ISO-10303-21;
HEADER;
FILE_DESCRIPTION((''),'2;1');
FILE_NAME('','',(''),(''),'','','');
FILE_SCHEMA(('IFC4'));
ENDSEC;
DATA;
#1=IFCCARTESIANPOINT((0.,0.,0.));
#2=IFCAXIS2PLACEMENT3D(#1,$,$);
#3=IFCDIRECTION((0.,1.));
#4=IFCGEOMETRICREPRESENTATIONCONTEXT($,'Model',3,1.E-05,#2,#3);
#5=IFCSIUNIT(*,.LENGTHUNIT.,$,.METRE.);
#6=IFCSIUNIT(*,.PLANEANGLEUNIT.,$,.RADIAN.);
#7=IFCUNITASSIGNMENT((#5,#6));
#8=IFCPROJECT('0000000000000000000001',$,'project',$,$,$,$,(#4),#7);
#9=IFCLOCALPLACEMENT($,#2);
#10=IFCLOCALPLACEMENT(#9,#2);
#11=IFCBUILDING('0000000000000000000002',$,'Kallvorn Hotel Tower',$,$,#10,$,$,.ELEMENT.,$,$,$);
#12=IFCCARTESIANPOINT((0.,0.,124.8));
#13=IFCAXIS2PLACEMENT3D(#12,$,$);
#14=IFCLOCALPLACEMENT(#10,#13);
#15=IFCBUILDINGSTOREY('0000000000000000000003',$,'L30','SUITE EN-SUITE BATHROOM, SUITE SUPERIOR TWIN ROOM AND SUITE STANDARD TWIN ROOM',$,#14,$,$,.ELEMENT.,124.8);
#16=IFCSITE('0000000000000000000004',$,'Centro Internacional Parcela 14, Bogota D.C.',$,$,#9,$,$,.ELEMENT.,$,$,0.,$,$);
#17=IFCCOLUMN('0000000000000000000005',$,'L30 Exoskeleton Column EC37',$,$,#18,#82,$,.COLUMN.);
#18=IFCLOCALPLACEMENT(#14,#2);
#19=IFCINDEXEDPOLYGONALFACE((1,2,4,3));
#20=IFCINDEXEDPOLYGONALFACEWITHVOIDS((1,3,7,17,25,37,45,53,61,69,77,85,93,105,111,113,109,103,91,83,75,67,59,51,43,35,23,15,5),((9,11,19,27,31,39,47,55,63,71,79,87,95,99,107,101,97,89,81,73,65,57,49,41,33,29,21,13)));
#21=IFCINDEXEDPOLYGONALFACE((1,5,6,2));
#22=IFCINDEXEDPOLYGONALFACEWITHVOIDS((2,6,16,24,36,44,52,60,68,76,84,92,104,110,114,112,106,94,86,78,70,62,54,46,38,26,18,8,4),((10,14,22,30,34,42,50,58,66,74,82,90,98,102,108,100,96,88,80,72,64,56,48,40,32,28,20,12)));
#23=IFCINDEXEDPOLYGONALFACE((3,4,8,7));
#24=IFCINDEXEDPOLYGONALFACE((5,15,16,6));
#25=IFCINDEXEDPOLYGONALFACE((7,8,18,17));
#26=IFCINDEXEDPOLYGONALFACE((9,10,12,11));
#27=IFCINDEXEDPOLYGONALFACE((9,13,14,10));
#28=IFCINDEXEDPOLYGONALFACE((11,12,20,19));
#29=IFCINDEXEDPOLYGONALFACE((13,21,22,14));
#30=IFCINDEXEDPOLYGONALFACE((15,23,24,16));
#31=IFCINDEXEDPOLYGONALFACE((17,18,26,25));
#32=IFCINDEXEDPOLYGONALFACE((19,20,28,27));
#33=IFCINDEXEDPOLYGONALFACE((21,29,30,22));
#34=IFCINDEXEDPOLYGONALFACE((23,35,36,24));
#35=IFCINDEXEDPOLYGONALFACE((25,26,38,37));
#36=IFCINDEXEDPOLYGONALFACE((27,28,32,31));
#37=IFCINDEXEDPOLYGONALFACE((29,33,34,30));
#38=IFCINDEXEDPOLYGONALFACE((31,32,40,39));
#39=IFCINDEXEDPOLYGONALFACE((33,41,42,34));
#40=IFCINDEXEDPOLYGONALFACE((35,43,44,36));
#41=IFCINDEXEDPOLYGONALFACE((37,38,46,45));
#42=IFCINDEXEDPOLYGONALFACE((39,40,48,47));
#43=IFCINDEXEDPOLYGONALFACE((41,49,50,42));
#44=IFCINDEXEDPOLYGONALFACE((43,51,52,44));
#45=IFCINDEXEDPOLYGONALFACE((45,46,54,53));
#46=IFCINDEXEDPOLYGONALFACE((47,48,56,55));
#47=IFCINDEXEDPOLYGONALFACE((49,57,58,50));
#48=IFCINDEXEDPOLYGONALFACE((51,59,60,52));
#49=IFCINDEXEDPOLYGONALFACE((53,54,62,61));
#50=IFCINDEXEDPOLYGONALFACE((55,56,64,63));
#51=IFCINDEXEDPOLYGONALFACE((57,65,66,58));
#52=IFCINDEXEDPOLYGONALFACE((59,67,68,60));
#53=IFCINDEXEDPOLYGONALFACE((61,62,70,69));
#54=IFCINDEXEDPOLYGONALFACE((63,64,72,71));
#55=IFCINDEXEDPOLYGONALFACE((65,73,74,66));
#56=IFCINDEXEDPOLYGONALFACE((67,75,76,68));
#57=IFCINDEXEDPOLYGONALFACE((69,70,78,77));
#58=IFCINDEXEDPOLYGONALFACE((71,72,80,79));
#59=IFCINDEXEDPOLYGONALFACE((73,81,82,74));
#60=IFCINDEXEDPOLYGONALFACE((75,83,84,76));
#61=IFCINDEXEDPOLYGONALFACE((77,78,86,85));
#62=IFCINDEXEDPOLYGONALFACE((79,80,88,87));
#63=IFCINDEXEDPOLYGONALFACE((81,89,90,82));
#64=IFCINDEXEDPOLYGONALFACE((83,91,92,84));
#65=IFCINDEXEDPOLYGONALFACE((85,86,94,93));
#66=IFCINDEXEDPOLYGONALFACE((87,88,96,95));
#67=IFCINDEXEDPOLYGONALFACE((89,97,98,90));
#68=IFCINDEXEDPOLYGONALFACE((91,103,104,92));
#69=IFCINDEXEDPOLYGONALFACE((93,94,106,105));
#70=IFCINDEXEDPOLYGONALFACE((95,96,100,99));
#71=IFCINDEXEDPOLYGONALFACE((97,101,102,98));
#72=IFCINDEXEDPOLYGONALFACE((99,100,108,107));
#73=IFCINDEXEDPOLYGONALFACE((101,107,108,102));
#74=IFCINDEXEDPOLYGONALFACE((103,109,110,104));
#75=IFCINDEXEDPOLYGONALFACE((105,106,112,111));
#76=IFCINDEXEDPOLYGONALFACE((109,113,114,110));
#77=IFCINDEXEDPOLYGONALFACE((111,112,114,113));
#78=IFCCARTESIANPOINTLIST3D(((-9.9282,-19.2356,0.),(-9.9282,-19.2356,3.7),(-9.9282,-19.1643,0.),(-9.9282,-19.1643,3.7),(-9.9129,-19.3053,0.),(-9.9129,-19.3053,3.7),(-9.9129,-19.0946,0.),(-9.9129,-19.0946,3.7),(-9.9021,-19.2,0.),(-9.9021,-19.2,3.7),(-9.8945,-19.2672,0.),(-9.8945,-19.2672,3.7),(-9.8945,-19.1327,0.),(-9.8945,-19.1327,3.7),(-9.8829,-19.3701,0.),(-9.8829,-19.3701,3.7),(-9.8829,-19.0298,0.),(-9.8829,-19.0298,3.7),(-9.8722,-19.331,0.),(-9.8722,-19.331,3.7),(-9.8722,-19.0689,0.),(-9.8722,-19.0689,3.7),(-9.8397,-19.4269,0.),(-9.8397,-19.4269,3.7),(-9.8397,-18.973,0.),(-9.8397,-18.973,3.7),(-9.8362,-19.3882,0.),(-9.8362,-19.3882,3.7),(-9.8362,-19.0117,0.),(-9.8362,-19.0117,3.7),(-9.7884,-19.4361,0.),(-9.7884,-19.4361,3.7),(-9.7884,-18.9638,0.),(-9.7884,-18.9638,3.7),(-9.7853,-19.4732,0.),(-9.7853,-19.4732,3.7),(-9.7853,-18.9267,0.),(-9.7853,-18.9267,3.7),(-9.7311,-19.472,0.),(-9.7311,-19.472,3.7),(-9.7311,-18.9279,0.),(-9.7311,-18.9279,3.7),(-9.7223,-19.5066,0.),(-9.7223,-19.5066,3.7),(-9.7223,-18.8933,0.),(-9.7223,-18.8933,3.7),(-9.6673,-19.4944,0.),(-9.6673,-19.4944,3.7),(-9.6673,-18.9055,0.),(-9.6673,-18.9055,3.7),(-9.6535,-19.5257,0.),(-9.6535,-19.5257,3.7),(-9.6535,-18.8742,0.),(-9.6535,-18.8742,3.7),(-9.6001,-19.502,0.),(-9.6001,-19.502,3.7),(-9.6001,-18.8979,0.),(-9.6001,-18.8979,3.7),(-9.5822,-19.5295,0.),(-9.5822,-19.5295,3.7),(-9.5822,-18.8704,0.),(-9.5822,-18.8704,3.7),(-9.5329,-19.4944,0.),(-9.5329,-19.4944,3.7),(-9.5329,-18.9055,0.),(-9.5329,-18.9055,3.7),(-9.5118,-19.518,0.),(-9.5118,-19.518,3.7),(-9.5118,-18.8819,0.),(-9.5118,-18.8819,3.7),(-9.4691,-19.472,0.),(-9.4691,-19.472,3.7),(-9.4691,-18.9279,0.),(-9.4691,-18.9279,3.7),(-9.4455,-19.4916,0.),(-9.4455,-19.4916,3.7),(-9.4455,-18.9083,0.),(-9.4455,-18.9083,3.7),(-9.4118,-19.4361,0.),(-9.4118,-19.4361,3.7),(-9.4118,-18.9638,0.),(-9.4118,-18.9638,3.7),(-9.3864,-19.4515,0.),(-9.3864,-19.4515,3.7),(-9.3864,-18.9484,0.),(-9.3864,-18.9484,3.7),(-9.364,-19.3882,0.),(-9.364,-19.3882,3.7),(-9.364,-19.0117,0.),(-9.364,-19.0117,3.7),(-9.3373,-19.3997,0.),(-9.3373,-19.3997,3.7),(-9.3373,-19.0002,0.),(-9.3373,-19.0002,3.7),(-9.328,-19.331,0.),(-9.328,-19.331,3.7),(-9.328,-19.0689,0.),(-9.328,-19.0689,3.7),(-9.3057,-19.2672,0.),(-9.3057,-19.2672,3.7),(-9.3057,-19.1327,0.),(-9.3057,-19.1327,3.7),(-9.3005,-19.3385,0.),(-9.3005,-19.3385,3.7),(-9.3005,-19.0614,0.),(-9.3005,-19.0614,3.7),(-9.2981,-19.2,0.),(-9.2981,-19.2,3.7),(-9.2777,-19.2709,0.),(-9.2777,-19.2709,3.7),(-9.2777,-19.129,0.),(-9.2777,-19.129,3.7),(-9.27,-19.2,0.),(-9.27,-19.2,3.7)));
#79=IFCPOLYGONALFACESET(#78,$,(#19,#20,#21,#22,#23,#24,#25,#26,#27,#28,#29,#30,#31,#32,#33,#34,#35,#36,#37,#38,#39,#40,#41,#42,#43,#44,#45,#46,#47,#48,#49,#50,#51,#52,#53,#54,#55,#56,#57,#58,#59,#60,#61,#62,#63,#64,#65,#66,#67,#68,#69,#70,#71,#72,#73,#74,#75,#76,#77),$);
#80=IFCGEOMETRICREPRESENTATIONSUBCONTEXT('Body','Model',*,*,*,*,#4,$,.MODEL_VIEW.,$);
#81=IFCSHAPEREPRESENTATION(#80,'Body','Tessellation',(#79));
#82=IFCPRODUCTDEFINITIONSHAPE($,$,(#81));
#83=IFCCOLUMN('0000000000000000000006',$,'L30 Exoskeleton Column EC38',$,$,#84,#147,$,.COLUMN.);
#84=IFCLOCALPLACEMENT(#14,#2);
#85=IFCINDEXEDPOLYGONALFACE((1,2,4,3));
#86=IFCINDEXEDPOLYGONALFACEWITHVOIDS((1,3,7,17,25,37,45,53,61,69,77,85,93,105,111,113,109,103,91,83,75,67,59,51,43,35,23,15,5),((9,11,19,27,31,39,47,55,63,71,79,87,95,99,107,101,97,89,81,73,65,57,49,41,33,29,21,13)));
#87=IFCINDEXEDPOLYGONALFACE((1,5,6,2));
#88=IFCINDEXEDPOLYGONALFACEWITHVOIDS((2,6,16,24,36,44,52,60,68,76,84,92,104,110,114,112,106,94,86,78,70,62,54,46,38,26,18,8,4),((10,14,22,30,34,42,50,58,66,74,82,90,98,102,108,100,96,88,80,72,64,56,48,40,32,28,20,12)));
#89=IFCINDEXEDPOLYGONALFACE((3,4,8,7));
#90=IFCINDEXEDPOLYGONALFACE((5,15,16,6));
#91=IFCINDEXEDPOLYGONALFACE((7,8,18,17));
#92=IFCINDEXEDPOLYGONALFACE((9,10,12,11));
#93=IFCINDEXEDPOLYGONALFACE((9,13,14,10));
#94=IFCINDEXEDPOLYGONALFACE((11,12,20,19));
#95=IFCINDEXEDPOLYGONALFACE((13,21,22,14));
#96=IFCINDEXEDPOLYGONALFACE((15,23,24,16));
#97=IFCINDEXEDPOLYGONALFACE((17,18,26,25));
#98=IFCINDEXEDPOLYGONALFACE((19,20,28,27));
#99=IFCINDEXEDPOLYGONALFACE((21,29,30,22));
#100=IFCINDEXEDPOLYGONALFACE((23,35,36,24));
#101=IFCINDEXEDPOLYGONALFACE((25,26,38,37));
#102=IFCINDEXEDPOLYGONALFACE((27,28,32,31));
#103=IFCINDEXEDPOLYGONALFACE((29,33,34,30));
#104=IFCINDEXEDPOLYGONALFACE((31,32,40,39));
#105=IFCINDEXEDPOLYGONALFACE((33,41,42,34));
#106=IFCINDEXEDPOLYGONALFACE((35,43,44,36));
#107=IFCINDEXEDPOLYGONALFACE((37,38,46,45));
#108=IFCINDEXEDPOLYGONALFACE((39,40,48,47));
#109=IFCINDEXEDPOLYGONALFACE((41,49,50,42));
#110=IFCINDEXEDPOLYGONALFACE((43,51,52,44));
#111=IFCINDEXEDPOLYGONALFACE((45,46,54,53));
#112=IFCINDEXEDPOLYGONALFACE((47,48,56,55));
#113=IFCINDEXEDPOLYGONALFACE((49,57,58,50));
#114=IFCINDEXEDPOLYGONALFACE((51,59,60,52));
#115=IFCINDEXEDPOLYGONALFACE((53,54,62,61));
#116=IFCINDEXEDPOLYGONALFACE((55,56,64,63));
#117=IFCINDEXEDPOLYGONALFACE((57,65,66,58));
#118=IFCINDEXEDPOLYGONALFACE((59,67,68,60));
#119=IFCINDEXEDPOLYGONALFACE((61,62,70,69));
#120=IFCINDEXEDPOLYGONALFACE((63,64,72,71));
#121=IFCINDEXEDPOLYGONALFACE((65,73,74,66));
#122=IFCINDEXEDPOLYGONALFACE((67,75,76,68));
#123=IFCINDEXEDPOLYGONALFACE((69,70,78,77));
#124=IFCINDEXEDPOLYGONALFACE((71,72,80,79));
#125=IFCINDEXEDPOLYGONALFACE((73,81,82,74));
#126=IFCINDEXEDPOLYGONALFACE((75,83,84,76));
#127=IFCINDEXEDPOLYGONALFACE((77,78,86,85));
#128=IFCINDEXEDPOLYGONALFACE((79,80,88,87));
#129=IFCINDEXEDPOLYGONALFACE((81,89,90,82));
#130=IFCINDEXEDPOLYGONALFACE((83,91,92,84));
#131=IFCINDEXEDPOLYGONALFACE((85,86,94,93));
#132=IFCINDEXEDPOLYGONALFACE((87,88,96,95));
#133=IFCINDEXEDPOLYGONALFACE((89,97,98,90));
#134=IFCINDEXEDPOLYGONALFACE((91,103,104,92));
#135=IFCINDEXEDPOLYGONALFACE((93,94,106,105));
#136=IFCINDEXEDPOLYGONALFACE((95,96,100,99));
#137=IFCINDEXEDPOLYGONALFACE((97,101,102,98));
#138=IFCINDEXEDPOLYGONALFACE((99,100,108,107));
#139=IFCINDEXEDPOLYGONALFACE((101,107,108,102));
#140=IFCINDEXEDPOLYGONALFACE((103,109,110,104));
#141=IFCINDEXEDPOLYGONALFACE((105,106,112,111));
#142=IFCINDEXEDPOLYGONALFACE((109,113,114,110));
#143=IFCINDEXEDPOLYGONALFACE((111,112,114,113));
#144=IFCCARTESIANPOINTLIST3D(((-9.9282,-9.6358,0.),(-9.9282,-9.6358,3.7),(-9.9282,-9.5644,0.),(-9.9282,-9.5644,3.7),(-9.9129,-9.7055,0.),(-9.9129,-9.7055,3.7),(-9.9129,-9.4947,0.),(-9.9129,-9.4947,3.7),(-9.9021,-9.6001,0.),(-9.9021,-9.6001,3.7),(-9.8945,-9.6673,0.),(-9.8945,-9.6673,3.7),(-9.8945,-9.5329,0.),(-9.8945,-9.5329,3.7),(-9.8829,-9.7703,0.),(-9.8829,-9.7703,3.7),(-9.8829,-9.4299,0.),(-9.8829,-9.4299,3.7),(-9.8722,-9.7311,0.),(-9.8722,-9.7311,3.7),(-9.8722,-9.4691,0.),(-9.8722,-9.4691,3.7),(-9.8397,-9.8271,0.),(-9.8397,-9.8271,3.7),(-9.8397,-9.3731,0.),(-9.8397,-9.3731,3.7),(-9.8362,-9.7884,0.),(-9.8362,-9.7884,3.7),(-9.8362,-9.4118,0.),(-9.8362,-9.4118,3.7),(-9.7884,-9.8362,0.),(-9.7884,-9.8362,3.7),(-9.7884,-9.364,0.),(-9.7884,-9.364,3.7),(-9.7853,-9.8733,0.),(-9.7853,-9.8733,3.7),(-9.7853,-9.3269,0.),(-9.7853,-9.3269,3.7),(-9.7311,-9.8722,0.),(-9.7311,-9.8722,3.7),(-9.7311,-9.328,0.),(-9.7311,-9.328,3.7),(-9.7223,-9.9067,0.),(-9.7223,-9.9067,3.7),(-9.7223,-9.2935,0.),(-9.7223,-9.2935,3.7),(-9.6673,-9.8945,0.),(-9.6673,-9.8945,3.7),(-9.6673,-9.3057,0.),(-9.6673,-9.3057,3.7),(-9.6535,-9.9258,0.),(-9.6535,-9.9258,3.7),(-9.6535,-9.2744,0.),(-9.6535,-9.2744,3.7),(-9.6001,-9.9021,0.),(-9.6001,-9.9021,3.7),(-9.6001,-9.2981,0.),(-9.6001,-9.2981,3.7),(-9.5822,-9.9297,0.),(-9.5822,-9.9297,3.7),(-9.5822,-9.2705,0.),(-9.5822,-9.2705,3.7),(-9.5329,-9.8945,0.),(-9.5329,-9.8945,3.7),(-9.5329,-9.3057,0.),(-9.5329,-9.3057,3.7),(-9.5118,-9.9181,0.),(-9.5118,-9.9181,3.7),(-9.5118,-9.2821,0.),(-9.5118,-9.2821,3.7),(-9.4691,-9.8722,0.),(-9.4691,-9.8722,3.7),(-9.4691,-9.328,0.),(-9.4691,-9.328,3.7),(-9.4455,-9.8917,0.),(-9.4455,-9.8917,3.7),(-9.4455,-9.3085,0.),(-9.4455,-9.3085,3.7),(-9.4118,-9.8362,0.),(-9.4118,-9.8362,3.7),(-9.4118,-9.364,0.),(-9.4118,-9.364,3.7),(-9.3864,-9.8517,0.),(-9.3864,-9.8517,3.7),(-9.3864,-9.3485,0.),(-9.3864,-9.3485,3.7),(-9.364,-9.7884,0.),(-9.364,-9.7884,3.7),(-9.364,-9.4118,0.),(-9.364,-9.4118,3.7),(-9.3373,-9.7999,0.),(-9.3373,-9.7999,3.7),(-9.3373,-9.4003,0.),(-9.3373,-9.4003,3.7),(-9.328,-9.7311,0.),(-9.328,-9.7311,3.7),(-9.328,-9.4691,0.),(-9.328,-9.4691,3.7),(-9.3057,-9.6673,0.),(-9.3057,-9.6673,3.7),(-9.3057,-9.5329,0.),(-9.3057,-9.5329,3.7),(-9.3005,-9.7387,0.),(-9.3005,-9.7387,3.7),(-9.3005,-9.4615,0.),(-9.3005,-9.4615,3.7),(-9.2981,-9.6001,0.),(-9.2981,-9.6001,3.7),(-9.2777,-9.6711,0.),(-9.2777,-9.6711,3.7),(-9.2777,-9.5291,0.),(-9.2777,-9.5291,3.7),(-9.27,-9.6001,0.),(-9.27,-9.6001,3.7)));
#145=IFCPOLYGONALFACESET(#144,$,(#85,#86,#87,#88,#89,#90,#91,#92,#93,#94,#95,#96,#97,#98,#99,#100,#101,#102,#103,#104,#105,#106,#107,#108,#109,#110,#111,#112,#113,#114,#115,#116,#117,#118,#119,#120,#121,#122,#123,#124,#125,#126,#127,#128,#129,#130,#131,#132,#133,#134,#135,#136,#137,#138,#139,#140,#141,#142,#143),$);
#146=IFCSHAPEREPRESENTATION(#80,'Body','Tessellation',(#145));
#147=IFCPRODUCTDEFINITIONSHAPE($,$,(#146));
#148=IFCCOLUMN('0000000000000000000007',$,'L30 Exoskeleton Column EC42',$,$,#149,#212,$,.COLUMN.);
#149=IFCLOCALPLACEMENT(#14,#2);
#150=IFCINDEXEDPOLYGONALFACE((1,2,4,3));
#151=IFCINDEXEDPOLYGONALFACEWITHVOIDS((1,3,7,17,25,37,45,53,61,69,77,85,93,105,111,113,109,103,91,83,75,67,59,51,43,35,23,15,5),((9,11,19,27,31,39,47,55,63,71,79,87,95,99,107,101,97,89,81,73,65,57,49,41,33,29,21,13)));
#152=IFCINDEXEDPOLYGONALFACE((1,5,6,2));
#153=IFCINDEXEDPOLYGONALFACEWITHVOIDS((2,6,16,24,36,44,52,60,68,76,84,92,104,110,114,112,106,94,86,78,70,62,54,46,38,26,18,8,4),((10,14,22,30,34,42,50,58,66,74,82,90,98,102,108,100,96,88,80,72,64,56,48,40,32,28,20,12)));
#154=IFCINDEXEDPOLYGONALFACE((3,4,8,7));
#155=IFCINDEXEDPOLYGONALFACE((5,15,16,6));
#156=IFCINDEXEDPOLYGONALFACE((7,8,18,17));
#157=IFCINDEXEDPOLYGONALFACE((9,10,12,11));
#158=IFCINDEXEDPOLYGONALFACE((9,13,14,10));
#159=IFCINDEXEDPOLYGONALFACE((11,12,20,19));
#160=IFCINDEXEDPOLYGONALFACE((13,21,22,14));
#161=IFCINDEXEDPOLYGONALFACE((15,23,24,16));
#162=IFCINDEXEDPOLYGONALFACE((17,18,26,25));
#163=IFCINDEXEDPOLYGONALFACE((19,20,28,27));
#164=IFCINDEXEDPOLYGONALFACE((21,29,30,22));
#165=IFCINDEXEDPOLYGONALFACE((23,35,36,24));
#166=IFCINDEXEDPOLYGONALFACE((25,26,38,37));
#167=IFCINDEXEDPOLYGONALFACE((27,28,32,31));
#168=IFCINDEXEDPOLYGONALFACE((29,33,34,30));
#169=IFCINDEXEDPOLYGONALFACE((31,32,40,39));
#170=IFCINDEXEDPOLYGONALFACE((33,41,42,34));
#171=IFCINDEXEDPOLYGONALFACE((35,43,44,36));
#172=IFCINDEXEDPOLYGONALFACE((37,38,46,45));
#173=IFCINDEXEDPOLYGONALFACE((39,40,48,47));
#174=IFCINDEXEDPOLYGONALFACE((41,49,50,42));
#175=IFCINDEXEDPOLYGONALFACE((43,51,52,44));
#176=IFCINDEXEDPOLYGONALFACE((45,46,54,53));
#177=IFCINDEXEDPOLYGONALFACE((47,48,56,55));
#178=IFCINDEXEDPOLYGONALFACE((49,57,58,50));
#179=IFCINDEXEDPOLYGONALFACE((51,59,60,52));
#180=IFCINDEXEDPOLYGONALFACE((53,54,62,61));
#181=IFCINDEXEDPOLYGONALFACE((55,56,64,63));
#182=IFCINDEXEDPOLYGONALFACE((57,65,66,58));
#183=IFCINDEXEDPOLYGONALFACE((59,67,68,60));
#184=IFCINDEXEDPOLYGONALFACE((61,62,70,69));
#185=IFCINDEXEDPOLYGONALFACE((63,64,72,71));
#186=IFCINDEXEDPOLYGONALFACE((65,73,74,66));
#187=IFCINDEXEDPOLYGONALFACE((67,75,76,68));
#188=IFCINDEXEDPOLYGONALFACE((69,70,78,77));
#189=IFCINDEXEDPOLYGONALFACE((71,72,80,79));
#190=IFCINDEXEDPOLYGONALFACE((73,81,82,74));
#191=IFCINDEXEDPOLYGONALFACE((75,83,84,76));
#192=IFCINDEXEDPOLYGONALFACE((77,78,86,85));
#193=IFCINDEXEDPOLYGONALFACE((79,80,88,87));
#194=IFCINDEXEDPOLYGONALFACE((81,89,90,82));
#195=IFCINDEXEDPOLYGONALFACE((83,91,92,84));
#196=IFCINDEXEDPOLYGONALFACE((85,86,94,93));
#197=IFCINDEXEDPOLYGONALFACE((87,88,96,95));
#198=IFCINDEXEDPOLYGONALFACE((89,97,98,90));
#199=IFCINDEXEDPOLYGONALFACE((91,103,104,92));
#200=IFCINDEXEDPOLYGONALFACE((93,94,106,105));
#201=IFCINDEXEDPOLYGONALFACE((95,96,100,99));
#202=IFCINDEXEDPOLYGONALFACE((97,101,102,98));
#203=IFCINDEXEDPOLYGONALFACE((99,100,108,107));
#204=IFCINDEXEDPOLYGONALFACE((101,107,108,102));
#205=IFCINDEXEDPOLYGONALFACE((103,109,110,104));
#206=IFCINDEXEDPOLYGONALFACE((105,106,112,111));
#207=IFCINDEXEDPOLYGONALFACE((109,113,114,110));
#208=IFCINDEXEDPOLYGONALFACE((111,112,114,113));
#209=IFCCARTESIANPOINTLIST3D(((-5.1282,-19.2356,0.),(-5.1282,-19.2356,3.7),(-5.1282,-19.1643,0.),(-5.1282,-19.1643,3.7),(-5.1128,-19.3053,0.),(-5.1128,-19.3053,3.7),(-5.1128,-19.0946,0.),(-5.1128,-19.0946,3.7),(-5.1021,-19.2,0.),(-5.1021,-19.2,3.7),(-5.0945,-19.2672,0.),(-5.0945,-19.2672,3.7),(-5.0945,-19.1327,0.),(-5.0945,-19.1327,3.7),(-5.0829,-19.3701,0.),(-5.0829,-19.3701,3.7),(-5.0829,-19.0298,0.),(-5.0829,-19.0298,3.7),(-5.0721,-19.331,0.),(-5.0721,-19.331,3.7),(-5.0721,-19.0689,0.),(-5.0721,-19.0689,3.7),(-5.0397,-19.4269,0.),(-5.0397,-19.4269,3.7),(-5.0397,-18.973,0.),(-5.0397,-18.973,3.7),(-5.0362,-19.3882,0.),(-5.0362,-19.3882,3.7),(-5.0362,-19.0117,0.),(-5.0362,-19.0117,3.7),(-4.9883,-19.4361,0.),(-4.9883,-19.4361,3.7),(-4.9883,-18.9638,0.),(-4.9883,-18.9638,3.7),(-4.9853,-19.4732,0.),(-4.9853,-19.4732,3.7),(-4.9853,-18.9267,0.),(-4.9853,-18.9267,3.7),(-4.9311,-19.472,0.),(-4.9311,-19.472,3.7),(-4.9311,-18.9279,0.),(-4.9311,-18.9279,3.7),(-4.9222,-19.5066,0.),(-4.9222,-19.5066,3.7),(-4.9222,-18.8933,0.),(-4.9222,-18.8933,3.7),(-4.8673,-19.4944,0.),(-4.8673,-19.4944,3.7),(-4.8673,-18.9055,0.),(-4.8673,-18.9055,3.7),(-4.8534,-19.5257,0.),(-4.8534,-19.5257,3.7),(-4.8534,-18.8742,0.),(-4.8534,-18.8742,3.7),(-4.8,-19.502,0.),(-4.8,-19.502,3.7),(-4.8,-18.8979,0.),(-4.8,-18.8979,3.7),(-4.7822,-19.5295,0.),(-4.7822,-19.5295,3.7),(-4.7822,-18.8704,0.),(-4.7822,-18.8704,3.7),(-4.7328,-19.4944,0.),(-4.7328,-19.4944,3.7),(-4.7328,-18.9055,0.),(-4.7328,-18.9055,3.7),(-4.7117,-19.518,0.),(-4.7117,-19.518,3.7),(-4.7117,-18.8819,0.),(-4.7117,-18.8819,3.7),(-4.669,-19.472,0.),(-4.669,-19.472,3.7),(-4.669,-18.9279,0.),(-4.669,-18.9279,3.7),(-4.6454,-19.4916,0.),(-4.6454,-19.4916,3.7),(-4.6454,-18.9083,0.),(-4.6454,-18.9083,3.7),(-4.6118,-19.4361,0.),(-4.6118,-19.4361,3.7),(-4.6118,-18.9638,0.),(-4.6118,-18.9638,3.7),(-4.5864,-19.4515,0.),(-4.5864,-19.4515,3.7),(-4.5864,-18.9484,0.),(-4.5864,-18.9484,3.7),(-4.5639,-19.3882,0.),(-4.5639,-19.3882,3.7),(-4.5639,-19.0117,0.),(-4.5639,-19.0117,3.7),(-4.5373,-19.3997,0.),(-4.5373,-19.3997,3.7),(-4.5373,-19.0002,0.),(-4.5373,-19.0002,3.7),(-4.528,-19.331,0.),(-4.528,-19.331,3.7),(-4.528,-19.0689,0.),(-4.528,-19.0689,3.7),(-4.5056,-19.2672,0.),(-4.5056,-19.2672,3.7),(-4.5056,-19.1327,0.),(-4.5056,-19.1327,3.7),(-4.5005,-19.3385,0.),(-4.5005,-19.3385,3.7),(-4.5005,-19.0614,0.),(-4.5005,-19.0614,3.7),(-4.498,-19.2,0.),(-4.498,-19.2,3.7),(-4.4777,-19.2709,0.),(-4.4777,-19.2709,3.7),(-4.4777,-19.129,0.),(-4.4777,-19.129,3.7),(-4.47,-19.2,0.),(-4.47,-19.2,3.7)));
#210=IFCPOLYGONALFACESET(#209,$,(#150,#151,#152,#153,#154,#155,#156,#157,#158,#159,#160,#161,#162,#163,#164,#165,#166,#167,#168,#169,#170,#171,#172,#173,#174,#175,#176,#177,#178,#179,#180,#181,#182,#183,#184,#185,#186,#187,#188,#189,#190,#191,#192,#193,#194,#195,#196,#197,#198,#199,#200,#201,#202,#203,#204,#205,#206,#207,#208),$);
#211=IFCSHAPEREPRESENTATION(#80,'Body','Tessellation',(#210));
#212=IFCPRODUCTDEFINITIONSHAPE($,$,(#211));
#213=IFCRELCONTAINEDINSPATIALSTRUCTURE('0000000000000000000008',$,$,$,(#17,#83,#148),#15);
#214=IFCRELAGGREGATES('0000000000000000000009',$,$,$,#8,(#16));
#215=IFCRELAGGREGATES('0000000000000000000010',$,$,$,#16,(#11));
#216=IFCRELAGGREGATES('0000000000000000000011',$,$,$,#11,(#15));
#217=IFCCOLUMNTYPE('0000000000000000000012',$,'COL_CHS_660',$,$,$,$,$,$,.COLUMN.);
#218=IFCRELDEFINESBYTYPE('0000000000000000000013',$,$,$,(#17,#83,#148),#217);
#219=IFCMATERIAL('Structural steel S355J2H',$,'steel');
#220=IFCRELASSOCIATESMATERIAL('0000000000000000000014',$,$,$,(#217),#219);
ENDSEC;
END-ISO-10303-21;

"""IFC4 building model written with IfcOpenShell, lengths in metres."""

from ifc_helpers import new_model, si_unit, direction, frame, origin, origin_2d, place, context, subcontext, project, spatial, hollow_circle, extrude, material, material_profile, profile_set, type_object, element, save


model = new_model("IFC4")

# Units and contexts
model_context = context("Model", 3, precision=1e-05, world=origin(), true_north=direction((0.0, 1.0)))
body_context = subcontext(model_context, "Body", "Model", "MODEL_VIEW")
ifc_project = project(units=[si_unit("LENGTHUNIT", "METRE"), si_unit("PLANEANGLEUNIT", "RADIAN")], contexts=[model_context])

# Site, building, storey
site_placement = place(None, origin())
site = spatial("IfcSite", under=ifc_project, at=site_placement, Name="Centro Internacional Parcela 14, Bogota D.C.", CompositionType="ELEMENT", RefElevation=0.0)
building_placement = place(site_placement, origin())
building = spatial("IfcBuilding", under=site, at=building_placement, Name="Kallvorn Hotel Tower", CompositionType="ELEMENT")
storey_placement = place(building_placement, frame((0.0, 0.0, 124.8)))
storey = spatial("IfcBuildingStorey", under=building, at=storey_placement, Name="L30", Description="SUITE EN-SUITE BATHROOM, SUITE SUPERIOR TWIN ROOM AND SUITE STANDARD TWIN ROOM", CompositionType="ELEMENT", Elevation=124.8)

# Columns
ifc_material_1 = material(Name="Structural steel S355J2H", Category="steel")
ifc_material_profile_1 = material_profile(ifc_material_1, hollow_circle(Radius=0.3301, WallThickness=0.0281, at=origin_2d()), Name="CHS 660x28")
ifc_profile_set_1 = profile_set([ifc_material_profile_1], Name="Structural steel S355J2H")
column_type_1 = type_object("IfcColumnType", Name="COL_CHS_660", PredefinedType="COLUMN", material=ifc_profile_set_1)
for number, where, z_axis, x_axis, name in (
    (1, (-9.6001, -19.2, 0.0), (0.0, 0.0, 1.0), (1.0, 0.0, 0.0), "L30 Exoskeleton Column EC37"),
    (2, (-9.6001, -9.6001, 0.0), (0.0, 0.0, 1.0), (1.0, 0.0, 0.0), "L30 Exoskeleton Column EC38"),
    (3, (-4.8, -19.2, 0.0), (0.0, 0.0, 1.0), (1.0, 0.0, 0.0), "L30 Exoskeleton Column EC42"),
):
    element("IfcColumn", number, at=place(storey_placement, frame(where, z_axis=z_axis, x_axis=x_axis)), inside=storey, type_object=column_type_1, Name=name, PredefinedType="COLUMN", context=body_context, shape_type="SweptSolid", body=[
        extrude(hollow_circle(Radius=0.3301, WallThickness=0.0281, at=origin_2d()), origin(), (0.0, 0.0, 1.0), 3.7),
    ])

save(model, "model.ifc")
